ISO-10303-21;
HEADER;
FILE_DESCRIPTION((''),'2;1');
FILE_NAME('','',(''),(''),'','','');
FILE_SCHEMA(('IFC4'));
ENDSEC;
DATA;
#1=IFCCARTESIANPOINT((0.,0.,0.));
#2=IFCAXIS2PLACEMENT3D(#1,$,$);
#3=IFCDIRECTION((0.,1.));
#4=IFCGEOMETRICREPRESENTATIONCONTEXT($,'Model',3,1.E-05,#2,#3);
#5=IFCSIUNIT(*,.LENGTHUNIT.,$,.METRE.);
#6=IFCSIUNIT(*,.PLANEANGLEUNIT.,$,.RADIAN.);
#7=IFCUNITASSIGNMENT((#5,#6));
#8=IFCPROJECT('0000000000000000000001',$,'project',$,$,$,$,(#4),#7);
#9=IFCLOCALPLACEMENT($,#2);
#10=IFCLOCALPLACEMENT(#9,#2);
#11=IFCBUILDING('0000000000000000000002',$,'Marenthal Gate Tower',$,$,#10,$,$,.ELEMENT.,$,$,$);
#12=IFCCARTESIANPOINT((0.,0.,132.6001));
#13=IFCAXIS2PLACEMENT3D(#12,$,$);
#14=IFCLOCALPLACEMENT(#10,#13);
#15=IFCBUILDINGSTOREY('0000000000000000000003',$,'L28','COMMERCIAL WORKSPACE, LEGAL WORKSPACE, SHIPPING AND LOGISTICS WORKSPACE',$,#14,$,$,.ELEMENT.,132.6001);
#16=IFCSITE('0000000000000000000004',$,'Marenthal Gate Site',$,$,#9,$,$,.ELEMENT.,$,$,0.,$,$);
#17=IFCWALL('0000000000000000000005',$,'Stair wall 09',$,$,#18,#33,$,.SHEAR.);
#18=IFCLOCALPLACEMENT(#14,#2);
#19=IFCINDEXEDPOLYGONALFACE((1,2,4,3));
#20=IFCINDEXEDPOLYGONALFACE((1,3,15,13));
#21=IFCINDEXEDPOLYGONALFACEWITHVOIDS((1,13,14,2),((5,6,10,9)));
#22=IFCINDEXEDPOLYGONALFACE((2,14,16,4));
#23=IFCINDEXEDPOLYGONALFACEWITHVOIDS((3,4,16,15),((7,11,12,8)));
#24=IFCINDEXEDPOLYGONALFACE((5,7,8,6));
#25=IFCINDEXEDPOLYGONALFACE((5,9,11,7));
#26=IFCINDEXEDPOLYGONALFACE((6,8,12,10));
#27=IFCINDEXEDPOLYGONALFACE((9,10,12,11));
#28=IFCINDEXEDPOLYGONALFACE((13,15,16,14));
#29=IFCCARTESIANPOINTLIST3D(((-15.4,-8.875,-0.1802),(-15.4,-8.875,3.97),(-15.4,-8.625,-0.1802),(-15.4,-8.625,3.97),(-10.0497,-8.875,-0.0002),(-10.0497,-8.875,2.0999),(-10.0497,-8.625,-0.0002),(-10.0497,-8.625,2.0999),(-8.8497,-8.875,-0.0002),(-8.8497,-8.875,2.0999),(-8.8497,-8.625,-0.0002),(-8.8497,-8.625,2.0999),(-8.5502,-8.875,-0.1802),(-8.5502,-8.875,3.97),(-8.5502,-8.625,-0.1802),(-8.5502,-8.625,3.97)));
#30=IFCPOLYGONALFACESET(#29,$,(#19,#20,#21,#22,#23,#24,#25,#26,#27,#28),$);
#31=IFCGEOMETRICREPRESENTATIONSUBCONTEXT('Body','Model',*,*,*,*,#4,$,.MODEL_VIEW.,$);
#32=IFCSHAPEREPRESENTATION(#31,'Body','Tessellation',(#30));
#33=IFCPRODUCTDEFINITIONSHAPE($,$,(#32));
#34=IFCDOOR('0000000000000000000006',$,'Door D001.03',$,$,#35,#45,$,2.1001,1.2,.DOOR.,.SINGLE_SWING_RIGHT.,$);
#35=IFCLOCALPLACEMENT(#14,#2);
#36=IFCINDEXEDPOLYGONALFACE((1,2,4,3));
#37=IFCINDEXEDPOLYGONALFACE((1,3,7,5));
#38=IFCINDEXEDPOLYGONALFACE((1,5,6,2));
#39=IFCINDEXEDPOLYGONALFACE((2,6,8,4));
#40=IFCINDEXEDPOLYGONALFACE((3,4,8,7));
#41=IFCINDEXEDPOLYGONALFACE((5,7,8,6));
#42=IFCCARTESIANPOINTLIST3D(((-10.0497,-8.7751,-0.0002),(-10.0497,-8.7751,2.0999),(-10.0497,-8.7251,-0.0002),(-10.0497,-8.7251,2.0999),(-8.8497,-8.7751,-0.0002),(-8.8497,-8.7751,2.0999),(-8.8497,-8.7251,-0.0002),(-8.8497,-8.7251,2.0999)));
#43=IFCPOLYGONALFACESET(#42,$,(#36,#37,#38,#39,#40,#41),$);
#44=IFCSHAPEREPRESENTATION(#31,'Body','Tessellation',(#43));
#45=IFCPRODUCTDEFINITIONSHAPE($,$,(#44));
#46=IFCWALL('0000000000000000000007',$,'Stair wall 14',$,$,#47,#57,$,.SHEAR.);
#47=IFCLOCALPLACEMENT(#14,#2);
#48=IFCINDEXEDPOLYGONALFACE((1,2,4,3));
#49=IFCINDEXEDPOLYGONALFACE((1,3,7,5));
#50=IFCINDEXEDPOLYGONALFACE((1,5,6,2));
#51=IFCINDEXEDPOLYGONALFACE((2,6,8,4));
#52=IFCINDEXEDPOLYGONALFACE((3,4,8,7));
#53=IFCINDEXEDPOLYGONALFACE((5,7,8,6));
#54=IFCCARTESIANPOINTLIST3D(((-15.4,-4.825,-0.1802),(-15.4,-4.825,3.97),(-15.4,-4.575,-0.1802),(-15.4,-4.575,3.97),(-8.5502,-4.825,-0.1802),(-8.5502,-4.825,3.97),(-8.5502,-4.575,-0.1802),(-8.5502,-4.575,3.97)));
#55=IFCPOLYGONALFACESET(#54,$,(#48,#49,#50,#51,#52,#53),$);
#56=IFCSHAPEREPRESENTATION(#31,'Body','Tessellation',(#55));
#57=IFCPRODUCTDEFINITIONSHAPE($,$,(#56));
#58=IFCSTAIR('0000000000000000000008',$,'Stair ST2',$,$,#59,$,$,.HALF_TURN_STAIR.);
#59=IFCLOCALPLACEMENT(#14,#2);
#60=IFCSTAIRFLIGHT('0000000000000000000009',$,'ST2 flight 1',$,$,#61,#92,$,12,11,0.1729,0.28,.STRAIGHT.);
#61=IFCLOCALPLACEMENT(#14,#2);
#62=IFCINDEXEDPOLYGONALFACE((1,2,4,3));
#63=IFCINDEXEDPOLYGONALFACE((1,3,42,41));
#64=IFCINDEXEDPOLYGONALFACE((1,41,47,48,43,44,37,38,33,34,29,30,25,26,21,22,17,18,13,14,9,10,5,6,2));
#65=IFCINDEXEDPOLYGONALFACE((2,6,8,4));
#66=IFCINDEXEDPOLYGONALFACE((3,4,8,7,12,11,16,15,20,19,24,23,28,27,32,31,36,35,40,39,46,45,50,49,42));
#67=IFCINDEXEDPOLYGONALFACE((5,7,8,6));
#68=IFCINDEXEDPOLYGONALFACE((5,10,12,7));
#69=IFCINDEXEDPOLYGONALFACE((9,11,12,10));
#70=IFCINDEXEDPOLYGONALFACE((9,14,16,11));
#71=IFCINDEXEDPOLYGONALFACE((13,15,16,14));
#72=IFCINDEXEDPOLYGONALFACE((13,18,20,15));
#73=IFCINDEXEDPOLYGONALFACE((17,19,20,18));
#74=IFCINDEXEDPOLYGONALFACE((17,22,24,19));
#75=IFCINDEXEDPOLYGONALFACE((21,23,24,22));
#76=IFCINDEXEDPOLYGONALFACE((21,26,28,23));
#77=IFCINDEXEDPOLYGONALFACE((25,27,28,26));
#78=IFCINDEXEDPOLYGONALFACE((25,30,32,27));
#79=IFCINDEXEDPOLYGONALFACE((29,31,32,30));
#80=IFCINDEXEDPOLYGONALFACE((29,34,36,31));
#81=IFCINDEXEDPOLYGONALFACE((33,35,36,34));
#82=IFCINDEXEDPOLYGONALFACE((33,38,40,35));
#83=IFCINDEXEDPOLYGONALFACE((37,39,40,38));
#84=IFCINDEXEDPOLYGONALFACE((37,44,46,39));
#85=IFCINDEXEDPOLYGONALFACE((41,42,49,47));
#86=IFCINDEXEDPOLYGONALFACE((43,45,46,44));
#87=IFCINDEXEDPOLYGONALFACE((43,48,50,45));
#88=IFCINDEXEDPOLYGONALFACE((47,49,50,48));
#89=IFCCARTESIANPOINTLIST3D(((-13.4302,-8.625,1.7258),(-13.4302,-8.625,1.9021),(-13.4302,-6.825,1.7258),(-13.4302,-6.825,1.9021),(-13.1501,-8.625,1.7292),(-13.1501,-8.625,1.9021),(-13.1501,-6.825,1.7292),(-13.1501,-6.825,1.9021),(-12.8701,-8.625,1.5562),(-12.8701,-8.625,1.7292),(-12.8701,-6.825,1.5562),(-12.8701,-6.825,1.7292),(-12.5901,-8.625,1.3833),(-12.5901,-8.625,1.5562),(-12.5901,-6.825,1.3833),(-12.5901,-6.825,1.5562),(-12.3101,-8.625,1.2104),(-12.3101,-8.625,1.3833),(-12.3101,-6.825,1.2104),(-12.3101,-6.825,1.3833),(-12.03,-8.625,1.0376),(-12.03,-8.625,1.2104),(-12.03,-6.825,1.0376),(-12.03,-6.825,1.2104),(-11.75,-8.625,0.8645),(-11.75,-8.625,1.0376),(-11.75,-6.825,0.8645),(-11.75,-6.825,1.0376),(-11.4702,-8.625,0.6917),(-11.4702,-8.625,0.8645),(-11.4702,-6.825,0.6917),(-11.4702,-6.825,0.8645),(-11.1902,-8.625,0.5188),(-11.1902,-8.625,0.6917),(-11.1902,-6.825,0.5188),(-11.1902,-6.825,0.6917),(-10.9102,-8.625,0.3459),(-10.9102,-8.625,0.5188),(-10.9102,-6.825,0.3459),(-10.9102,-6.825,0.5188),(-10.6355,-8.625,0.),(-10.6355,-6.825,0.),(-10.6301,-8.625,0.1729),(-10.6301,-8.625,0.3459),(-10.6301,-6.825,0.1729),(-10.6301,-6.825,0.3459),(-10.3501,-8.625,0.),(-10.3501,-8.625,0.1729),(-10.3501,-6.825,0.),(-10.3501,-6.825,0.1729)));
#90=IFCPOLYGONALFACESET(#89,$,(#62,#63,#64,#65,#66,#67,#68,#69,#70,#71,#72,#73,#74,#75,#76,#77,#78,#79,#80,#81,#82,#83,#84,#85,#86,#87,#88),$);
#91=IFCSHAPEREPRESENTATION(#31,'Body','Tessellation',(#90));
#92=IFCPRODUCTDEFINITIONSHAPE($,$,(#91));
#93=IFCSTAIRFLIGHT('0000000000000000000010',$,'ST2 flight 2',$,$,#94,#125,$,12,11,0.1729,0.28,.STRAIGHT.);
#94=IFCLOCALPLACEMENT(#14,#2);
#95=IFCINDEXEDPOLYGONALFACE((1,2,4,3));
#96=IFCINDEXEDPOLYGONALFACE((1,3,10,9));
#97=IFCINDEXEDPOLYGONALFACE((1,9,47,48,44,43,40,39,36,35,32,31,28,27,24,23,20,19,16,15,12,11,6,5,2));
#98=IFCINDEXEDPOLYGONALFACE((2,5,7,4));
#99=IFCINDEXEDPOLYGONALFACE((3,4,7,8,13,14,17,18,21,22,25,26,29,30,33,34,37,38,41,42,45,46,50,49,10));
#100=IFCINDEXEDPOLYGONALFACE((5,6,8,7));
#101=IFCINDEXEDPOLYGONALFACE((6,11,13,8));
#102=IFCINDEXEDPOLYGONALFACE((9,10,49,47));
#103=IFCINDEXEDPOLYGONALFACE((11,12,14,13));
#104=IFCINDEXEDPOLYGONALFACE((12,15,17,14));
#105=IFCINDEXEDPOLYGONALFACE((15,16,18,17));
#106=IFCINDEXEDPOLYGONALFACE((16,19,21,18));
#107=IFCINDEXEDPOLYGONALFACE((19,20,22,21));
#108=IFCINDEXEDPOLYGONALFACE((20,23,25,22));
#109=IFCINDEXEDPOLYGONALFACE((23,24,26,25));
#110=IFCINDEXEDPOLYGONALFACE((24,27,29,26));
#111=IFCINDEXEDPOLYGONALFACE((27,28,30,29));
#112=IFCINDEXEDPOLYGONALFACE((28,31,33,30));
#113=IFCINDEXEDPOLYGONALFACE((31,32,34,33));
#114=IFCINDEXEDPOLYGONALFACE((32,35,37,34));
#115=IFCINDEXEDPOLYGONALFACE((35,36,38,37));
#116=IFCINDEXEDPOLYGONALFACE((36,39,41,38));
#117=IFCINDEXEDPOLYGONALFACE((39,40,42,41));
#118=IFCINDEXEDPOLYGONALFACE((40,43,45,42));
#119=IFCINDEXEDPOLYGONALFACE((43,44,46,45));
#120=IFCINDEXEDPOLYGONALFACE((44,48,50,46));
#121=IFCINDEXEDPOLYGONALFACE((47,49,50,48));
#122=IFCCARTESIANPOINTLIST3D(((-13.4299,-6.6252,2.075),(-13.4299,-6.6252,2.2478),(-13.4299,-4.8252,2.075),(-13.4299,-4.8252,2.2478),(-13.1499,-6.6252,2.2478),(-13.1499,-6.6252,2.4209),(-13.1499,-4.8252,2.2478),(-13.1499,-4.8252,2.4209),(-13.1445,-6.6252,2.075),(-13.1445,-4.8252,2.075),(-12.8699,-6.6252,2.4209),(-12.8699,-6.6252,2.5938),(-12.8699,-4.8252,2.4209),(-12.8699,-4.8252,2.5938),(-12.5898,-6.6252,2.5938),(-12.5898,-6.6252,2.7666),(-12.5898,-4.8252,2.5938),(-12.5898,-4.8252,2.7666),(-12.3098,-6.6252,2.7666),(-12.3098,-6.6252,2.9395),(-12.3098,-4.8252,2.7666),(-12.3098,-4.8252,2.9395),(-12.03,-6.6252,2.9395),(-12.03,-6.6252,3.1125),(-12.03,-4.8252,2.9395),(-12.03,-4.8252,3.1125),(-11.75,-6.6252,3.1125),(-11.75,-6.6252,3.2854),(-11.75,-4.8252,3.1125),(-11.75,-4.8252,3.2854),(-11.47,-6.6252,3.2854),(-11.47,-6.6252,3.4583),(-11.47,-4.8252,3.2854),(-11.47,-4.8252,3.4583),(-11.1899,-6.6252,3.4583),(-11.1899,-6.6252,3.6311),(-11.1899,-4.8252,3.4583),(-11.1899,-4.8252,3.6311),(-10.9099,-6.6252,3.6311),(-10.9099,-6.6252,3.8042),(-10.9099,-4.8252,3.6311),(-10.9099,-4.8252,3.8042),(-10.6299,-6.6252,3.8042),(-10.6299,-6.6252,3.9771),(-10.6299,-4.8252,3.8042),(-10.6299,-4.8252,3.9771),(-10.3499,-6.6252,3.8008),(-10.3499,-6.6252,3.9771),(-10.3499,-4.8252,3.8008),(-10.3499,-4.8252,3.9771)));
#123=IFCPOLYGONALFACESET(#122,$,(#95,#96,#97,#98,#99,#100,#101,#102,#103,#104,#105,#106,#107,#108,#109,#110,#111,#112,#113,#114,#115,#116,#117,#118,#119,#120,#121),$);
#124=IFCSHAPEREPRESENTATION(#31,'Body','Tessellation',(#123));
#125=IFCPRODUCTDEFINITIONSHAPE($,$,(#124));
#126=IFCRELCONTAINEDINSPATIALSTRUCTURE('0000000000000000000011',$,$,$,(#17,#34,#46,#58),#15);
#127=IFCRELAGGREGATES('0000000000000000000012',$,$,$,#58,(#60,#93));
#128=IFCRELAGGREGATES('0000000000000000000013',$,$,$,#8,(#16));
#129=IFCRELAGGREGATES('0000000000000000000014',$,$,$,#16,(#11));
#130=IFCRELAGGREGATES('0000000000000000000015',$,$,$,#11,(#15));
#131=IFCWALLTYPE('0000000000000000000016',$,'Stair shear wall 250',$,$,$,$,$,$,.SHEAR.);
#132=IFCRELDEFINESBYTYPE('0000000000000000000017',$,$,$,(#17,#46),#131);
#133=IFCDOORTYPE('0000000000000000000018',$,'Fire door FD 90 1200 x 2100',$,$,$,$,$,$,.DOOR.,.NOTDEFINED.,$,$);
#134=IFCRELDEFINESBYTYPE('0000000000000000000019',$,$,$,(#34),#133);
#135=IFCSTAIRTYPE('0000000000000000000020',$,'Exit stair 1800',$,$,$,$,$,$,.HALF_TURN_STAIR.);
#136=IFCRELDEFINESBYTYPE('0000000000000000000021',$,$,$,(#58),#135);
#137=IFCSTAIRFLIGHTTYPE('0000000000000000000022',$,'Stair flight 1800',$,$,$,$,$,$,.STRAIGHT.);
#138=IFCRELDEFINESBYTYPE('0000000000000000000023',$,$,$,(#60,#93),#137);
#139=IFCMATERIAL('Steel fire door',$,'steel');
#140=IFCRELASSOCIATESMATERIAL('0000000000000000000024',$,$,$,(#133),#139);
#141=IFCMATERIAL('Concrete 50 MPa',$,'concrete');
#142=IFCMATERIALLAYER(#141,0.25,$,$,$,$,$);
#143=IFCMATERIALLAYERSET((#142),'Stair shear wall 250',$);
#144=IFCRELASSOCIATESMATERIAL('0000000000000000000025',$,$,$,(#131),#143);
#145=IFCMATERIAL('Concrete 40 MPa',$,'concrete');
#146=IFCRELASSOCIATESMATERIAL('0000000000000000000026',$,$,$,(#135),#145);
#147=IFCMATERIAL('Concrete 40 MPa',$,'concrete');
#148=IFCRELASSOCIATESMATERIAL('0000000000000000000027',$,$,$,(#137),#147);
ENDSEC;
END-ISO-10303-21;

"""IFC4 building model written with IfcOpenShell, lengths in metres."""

from ifc_helpers import new_model, si_unit, direction, frame, frame_2d, origin, place, context, subcontext, project, spatial, polyline, rectangle, outline, extrude, material, layer, layer_set, type_object, element, fill, aggregate, save


model = new_model("IFC4")

# Units and contexts
model_context = context("Model", 3, precision=1e-05, world=origin(), true_north=direction((0.0, 1.0)))
body_context = subcontext(model_context, "Body", "Model", "MODEL_VIEW")
ifc_project = project(units=[si_unit("LENGTHUNIT", "METRE"), si_unit("PLANEANGLEUNIT", "RADIAN")], contexts=[model_context])

# Site, building, storey
site_placement = place(None, origin())
site = spatial("IfcSite", under=ifc_project, at=site_placement, Name="Marenthal Gate Site", CompositionType="ELEMENT", RefElevation=0.0)
building_placement = place(site_placement, origin())
building = spatial("IfcBuilding", under=site, at=building_placement, Name="Marenthal Gate Tower", CompositionType="ELEMENT")
storey_placement = place(building_placement, frame((0.0, 0.0, 132.6001)))
storey = spatial("IfcBuildingStorey", under=building, at=storey_placement, Name="L28", Description="COMMERCIAL WORKSPACE, LEGAL WORKSPACE, SHIPPING AND LOGISTICS WORKSPACE", CompositionType="ELEMENT", Elevation=132.6001)

# Shared definitions
ifc_material_1 = material(Name="Steel fire door", Category="steel")
door_type_1 = type_object("IfcDoorType", Name="Fire door FD 90 1200 x 2100", OperationType="NOTDEFINED", PredefinedType="DOOR", material=ifc_material_1)

# Wall, opening, door
ifc_material_2 = material(Name="Concrete 50 MPa", Category="concrete")
ifc_layer_1 = layer(ifc_material_2, 0.25)
ifc_layer_set_1 = layer_set([ifc_layer_1], Name="Stair shear wall 250")
wall_type_1 = type_object("IfcWallType", Name="Stair shear wall 250", PredefinedType="SHEAR", material=ifc_layer_set_1)
wall_1_placement = place(storey_placement, frame((-15.3999, -8.75, -0.1802), z_axis=(0.0, 0.0, 1.0), x_axis=(1.0, 0.0, 0.0)))
wall_1 = element("IfcWall", 1, at=wall_1_placement, inside=storey, type_object=wall_type_1, Name="Stair wall 09", PredefinedType="SHEAR", context=body_context, shape_type="SweptSolid", body=[
    extrude(rectangle(XDim=6.8499, YDim=0.25, at=frame_2d((3.4248, 0.0))), origin(), (0.0, 0.0, 1.0), 4.1501),
])
opening_1_placement = place(wall_1_placement, frame((5.3501, 0.0, 0.1799)))
opening_1 = element("IfcOpeningElement", 2, at=opening_1_placement, cuts=wall_1, PredefinedType="OPENING", context=body_context, shape_type="SweptSolid", body=[
    extrude(rectangle(XDim=1.2, YDim=2.1001, at=frame_2d((0.6001, 1.05))), frame((0.0, 0.135, 0.0), z_axis=(0.0, -1.0, 0.0), x_axis=(1.0, 0.0, 0.0)), (0.0, 0.0, 1.0), 0.27),
])
door_1_placement = place(opening_1_placement, origin())
door_1 = element("IfcDoor", 3, at=door_1_placement, inside=storey, type_object=door_type_1, Name="Door D001.03", OperationType="SINGLE_SWING_RIGHT", OverallHeight=2.1001, OverallWidth=1.2, PredefinedType="DOOR", context=body_context, shape_type="SweptSolid", body=[
    extrude(rectangle(XDim=1.2, YDim=2.1001, at=frame_2d((0.6001, 1.05))), frame((0.0, 0.0249, 0.0), z_axis=(0.0, -1.0, 0.0), x_axis=(1.0, 0.0, 0.0)), (0.0, 0.0, 1.0), 0.05),
])
fill(opening_1, door_1)

# Wall
wall_2_placement = place(storey_placement, frame((-15.3999, -4.7, -0.1802), z_axis=(0.0, 0.0, 1.0), x_axis=(1.0, 0.0, 0.0)))
element("IfcWall", 4, at=wall_2_placement, inside=storey, type_object=wall_type_1, Name="Stair wall 14", PredefinedType="SHEAR", context=body_context, shape_type="SweptSolid", body=[
    extrude(rectangle(XDim=6.8499, YDim=0.25, at=frame_2d((3.4248, 0.0))), origin(), (0.0, 0.0, 1.0), 4.1501),
])

# Stair, stair flights
ifc_material_3 = material(Name="Concrete 40 MPa", Category="concrete")
stair_type = type_object("IfcStairType", Name="Exit stair 1800", PredefinedType="HALF_TURN_STAIR", material=ifc_material_3)
stair_placement = place(storey_placement, origin())
stair = element("IfcStair", 5, at=stair_placement, inside=storey, type_object=stair_type, Name="Stair ST2", PredefinedType="HALF_TURN_STAIR")
ifc_material_4 = material(Name="Concrete 40 MPa", Category="concrete")
stair_flight_type = type_object("IfcStairFlightType", Name="Stair flight 1800", PredefinedType="STRAIGHT", material=ifc_material_4)
stair_flight_1_placement = place(storey_placement, frame((-10.3501, -7.7251, 0.0), z_axis=(0.0, 0.0, 1.0), x_axis=(-1.0, 0.0, 0.0)))
stair_flight_1 = element("IfcStairFlight", 6, at=stair_flight_1_placement, type_object=stair_flight_type, Name="ST2 flight 1", NumberOfRisers=12, NumberOfTreads=11, PredefinedType="STRAIGHT", RiserHeight=0.1729, TreadLength=0.28, context=body_context, shape_type="SweptSolid", body=[
    extrude(outline(polyline([(0.0, 0.0), (0.0, 0.1729), (0.28, 0.1729), (0.28, 0.3459), (0.5601, 0.3459), (0.5601, 0.5188), (0.8401, 0.5188), (0.8401, 0.6917), (1.1201, 0.6917), (1.1201, 0.8645), (1.3999, 0.8645), (1.3999, 1.0376), (1.6799, 1.0376), (1.6799, 1.2104), (1.96, 1.2104), (1.96, 1.3833), (2.24, 1.3833), (2.24, 1.5562), (2.52, 1.5562), (2.52, 1.7292), (2.8, 1.7292), (2.8, 1.9021), (3.0801, 1.9021), (3.0801, 2.075), (3.0801, 1.7258), (0.2854, 0.0), (0.0, 0.0)])), frame((0.0, 0.8999, 0.0), z_axis=(0.0, -1.0, 0.0), x_axis=(1.0, 0.0, 0.0)), (0.0, 0.0, 1.0), 1.8),
])
stair_flight_2_placement = place(storey_placement, frame((-13.4299, -5.7251, 2.075), z_axis=(0.0, 0.0, 1.0), x_axis=(1.0, 0.0, 0.0)))
stair_flight_2 = element("IfcStairFlight", 7, at=stair_flight_2_placement, type_object=stair_flight_type, Name="ST2 flight 2", NumberOfRisers=12, NumberOfTreads=11, PredefinedType="STRAIGHT", RiserHeight=0.1729, TreadLength=0.28, context=body_context, shape_type="SweptSolid", body=[
    extrude(outline(polyline([(0.0, 0.0), (0.0, 0.1729), (0.28, 0.1729), (0.28, 0.3459), (0.5601, 0.3459), (0.5601, 0.5188), (0.8401, 0.5188), (0.8401, 0.6917), (1.1201, 0.6917), (1.1201, 0.8645), (1.3999, 0.8645), (1.3999, 1.0376), (1.6799, 1.0376), (1.6799, 1.2104), (1.96, 1.2104), (1.96, 1.3833), (2.24, 1.3833), (2.24, 1.5562), (2.52, 1.5562), (2.52, 1.7292), (2.8, 1.7292), (2.8, 1.9021), (3.0801, 1.9021), (3.0801, 2.075), (3.0801, 1.7258), (0.2854, 0.0), (0.0, 0.0)])), frame((0.0, 0.8999, 0.0), z_axis=(0.0, -1.0, 0.0), x_axis=(1.0, 0.0, 0.0)), (0.0, 0.0, 1.0), 1.8),
])
aggregate(stair, [stair_flight_1, stair_flight_2])

save(model, "model.ifc")
